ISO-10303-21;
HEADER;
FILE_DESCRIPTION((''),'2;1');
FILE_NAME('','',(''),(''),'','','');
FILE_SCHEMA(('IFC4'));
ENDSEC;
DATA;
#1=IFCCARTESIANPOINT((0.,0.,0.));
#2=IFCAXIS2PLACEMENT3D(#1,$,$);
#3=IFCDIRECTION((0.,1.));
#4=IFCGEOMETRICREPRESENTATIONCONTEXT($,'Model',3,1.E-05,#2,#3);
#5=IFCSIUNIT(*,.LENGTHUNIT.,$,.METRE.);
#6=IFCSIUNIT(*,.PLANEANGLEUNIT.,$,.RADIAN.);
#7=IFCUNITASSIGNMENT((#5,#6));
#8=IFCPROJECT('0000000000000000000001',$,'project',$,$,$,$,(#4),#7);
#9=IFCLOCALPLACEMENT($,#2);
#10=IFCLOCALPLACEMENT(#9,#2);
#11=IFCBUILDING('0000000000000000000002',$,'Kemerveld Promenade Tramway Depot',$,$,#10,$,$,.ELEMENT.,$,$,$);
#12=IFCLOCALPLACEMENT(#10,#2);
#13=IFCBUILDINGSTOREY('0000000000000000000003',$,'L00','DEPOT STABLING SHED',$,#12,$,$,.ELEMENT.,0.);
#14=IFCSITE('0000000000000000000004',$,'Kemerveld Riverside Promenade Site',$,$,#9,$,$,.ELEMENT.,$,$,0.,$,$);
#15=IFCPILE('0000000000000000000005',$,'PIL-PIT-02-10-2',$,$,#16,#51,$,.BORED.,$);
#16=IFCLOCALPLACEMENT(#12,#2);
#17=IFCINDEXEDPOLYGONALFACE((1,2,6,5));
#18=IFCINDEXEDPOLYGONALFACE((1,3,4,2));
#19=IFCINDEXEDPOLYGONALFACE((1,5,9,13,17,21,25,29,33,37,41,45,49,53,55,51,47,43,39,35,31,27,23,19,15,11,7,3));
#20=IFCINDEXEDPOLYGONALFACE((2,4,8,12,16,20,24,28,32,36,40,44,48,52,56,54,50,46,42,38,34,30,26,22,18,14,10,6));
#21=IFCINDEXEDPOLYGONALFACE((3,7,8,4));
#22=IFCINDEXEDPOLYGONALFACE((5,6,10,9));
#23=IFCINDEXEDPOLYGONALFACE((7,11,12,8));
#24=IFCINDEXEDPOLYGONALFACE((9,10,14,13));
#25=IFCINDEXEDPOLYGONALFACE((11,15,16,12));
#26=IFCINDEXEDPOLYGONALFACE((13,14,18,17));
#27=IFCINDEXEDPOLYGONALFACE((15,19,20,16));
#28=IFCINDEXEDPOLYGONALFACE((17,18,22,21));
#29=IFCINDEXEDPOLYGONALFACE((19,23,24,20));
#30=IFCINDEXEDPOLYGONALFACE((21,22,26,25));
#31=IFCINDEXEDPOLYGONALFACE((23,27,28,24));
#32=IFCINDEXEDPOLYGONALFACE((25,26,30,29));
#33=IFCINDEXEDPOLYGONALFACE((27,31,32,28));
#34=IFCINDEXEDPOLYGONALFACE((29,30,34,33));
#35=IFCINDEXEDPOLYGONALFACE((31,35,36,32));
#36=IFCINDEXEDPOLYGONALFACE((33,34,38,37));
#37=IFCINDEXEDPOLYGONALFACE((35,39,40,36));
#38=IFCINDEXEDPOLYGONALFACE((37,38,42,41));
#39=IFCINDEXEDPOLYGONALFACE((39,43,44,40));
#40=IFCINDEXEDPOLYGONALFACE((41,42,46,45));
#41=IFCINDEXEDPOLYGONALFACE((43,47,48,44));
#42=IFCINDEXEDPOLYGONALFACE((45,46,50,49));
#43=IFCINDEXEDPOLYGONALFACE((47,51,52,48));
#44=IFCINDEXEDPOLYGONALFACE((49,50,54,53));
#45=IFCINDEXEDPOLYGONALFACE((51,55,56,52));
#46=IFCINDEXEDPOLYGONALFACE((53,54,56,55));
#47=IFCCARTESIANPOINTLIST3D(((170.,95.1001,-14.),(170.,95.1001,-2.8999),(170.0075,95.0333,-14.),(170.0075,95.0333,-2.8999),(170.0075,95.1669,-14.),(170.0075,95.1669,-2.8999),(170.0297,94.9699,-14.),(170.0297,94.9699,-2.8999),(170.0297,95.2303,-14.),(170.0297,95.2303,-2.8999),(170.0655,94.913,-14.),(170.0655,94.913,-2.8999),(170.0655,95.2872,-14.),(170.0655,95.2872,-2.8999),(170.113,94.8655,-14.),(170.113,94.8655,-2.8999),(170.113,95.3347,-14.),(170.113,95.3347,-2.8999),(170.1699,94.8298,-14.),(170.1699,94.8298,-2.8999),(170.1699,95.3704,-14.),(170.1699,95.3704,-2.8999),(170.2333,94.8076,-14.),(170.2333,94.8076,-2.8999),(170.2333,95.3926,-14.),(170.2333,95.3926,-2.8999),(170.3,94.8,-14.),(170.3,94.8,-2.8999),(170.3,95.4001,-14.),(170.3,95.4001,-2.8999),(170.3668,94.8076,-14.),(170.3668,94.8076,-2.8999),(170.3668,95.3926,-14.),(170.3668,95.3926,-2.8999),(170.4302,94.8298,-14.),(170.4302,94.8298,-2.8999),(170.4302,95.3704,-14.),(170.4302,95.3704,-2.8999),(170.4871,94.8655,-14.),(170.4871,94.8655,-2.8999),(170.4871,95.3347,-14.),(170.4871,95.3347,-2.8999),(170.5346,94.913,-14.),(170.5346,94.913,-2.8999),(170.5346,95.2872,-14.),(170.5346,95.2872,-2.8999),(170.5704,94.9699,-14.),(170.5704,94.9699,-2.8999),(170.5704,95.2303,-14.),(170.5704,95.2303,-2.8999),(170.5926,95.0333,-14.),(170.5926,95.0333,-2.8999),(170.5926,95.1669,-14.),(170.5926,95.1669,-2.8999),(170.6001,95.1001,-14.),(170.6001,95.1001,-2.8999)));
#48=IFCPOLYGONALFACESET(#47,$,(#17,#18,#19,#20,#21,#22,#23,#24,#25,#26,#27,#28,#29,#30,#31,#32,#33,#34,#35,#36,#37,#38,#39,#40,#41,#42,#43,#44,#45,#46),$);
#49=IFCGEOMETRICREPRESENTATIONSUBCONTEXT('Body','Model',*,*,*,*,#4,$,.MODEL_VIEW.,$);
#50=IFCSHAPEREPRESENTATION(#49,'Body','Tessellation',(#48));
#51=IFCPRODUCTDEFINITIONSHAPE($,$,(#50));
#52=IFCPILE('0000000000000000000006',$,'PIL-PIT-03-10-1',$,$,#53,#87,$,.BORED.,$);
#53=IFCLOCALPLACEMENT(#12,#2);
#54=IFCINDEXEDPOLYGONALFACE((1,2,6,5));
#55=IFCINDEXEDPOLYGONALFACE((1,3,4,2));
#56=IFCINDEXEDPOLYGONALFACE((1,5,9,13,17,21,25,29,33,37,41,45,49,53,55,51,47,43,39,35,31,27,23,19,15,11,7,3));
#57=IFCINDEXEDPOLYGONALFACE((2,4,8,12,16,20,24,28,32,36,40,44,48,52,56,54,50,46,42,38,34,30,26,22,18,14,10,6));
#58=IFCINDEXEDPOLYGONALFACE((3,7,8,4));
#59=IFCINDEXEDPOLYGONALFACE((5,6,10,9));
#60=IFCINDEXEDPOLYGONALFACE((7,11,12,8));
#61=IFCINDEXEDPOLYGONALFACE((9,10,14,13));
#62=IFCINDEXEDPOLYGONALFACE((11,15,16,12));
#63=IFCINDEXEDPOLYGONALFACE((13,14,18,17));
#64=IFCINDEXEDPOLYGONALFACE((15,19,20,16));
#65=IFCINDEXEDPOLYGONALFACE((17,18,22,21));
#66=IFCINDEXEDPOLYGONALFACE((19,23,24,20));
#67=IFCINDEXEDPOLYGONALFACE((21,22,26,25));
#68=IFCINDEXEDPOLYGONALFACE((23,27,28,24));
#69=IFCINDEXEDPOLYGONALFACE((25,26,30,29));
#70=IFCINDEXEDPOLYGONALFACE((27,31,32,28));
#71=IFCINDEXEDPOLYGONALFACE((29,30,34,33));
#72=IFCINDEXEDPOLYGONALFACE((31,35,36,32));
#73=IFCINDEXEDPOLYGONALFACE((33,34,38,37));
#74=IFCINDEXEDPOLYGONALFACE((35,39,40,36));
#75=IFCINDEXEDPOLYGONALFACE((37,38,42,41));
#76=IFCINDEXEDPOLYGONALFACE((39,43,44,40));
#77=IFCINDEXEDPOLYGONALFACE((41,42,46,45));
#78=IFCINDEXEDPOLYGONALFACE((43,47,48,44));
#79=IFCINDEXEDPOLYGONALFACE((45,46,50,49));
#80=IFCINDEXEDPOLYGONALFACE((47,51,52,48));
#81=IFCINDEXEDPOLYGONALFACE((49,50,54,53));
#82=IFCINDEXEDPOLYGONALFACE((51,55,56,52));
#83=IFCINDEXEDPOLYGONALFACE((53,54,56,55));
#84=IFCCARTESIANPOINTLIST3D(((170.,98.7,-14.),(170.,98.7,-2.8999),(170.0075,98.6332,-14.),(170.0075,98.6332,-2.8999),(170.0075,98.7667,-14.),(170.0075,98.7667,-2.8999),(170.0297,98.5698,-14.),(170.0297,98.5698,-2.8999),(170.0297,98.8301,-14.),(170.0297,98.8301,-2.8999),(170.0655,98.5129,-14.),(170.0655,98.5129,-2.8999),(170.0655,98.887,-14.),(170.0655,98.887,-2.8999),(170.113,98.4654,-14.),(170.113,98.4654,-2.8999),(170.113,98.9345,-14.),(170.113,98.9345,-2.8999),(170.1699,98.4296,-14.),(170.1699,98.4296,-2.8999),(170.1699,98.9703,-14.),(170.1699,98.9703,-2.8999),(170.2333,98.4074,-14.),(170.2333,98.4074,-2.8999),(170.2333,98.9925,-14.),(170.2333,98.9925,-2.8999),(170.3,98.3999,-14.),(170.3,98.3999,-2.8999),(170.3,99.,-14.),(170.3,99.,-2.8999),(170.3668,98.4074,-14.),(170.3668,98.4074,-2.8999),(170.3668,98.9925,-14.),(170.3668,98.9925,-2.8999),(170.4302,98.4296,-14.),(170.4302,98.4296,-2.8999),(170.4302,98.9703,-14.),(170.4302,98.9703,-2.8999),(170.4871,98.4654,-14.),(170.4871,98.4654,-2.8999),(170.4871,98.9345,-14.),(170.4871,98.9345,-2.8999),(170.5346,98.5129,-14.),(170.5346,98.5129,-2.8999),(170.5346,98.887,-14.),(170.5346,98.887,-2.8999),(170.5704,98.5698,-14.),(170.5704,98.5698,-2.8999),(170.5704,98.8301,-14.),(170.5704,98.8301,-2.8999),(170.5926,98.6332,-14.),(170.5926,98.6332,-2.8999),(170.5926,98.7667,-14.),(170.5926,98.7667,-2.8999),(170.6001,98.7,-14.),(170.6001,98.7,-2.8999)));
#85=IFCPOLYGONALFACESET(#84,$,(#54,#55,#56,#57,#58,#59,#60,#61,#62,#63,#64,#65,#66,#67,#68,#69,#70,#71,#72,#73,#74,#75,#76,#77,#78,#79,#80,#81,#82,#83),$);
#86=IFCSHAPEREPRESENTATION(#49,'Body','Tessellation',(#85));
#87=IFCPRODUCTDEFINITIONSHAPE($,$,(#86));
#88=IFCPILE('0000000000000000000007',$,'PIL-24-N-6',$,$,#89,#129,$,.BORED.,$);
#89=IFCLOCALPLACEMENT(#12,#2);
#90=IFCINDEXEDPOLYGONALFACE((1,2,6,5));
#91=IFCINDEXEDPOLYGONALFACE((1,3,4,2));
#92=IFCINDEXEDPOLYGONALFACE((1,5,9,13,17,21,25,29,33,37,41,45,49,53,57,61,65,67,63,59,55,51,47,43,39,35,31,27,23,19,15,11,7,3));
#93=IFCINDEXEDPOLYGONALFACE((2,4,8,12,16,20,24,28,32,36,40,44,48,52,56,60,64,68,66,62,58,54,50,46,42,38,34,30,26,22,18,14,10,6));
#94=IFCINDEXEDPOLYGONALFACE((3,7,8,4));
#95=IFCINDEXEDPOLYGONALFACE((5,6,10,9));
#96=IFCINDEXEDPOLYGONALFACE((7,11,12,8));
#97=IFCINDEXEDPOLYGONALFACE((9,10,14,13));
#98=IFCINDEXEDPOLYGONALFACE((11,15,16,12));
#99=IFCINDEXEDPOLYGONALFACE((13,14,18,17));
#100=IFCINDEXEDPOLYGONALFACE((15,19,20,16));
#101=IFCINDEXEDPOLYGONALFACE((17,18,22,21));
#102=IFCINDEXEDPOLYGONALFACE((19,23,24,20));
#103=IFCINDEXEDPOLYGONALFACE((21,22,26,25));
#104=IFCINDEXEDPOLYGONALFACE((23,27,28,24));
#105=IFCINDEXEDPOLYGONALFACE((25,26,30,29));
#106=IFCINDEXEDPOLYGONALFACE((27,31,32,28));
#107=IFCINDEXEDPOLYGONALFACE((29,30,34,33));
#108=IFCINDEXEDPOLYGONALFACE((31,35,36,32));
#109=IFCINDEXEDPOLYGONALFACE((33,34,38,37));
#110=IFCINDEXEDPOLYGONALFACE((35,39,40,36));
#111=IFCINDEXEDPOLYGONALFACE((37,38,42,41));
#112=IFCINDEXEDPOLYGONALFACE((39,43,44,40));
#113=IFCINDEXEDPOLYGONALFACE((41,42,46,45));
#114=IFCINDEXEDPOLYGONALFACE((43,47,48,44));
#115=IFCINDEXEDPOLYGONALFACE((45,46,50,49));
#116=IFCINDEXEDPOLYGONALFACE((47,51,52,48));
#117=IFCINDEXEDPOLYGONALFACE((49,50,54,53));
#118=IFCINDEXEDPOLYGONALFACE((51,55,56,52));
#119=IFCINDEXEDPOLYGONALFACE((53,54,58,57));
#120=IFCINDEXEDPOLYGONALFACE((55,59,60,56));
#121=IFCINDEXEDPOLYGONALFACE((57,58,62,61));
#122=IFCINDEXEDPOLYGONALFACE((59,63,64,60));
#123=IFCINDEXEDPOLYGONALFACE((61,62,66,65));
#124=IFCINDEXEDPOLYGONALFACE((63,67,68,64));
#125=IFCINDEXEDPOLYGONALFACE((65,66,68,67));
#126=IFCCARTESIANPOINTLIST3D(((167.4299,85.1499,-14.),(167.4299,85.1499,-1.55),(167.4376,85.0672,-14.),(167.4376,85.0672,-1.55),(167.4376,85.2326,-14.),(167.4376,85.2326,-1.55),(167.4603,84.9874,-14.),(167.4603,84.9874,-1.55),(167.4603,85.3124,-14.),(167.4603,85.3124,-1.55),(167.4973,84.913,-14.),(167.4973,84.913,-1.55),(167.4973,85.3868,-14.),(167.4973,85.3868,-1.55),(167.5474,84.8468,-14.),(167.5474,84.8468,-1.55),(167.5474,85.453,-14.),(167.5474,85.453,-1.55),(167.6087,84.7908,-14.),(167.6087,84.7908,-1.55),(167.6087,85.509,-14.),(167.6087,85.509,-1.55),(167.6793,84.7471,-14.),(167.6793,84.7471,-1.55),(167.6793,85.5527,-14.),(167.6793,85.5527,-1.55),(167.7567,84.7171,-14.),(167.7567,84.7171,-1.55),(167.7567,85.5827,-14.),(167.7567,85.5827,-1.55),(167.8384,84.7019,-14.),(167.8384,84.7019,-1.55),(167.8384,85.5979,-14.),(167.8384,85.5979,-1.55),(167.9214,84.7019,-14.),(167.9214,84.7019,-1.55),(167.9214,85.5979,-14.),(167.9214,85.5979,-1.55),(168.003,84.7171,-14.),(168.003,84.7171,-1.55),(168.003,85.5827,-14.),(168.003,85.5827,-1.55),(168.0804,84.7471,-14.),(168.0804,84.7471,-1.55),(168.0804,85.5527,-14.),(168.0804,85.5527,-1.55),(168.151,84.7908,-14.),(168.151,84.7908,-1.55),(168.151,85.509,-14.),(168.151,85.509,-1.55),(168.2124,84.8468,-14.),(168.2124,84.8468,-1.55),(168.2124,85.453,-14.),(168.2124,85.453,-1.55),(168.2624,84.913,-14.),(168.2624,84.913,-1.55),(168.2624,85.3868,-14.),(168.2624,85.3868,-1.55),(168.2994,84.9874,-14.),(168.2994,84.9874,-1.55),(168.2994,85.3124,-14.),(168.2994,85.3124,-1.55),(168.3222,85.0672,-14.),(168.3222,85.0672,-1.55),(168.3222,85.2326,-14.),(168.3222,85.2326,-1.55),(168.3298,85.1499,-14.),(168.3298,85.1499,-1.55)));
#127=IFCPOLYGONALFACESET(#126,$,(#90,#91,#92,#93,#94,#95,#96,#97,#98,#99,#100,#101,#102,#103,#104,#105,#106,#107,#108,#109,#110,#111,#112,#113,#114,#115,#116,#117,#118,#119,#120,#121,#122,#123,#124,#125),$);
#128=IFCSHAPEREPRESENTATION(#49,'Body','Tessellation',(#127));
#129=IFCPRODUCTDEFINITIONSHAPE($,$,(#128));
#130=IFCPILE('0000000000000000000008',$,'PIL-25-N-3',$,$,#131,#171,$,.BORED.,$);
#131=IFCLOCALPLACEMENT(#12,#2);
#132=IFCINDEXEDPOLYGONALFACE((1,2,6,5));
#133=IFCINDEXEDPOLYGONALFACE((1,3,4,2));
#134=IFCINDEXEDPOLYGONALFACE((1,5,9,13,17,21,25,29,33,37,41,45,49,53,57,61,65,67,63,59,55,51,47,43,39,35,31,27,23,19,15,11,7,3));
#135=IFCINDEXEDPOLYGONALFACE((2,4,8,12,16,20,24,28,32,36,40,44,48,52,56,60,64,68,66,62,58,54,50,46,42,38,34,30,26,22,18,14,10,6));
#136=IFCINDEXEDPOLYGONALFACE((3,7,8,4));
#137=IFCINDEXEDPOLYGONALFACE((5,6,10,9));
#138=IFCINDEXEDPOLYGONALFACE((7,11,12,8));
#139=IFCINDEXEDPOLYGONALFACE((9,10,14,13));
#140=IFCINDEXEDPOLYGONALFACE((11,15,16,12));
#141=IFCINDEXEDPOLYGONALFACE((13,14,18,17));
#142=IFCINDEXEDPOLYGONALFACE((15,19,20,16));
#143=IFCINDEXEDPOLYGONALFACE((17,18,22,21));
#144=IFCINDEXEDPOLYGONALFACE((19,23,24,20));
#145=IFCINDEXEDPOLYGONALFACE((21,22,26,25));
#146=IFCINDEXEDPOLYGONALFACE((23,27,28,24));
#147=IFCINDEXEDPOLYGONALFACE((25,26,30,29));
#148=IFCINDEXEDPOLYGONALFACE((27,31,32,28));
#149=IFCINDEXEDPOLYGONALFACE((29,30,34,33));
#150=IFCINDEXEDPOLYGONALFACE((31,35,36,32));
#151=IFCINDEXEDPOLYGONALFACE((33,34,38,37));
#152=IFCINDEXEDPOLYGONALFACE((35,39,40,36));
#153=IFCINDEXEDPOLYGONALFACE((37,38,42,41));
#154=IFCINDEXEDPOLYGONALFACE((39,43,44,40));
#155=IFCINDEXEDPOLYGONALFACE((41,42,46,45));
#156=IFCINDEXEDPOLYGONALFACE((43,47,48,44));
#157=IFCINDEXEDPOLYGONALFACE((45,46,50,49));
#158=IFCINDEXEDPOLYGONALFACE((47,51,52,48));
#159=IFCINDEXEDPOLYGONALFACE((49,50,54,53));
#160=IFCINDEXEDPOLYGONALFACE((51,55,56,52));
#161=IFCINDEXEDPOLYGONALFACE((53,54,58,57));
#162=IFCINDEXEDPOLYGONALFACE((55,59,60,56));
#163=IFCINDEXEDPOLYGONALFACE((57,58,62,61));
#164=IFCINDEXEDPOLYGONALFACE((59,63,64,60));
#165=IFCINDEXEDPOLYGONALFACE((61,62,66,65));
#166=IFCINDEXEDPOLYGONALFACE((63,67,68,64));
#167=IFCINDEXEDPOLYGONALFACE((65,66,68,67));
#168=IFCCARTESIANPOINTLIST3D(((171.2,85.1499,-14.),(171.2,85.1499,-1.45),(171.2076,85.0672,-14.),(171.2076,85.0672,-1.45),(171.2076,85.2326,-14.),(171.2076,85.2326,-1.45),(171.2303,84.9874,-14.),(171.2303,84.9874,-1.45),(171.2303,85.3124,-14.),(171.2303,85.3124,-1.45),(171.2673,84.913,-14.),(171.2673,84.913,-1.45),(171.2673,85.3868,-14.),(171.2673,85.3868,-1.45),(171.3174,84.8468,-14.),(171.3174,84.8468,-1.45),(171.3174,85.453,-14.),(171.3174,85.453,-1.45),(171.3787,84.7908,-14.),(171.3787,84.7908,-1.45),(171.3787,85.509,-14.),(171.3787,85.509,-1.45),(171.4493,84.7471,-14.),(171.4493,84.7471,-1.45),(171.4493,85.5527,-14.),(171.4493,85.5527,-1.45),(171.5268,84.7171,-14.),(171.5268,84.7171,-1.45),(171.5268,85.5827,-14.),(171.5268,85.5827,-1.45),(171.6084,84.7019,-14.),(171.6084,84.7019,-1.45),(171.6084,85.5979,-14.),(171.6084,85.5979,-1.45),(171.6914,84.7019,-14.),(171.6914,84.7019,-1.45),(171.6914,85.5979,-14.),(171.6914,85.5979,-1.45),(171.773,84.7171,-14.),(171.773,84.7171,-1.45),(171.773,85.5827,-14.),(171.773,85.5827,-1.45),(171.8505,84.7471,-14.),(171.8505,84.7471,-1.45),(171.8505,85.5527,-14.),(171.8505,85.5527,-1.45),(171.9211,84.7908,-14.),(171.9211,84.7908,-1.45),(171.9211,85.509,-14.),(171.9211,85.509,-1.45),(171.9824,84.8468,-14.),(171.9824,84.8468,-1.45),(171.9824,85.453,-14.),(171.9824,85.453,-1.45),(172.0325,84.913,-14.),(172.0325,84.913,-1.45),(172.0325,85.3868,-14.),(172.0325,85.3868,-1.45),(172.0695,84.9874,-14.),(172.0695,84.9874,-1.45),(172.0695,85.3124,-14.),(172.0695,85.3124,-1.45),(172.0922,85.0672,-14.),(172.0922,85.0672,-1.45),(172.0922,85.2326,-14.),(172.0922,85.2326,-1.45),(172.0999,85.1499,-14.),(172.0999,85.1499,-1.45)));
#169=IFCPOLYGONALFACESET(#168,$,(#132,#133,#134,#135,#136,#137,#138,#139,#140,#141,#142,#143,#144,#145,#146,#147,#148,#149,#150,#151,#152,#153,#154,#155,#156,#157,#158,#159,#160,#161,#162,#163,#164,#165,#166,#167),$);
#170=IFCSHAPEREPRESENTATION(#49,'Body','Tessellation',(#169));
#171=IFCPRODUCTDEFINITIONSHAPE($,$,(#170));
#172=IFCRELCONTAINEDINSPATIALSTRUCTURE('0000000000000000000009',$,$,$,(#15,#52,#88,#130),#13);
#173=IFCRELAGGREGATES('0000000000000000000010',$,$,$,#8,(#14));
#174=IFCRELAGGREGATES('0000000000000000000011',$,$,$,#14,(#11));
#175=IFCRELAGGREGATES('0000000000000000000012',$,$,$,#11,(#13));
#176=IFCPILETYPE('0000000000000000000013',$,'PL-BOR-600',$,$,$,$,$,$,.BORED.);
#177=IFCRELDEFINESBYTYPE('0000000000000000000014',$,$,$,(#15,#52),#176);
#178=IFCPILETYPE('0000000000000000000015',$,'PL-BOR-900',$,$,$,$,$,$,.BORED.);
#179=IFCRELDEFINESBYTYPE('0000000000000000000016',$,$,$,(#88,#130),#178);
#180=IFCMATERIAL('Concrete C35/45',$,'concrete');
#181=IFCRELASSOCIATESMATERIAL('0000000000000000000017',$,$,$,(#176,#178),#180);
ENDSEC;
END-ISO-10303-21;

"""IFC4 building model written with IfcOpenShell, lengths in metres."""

from ifc_helpers import new_model, si_unit, direction, frame, origin, origin_2d, place, context, subcontext, project, spatial, circle, extrude, material, material_profile, profile_set, type_object, element, save


model = new_model("IFC4")

# Units and contexts
model_context = context("Model", 3, precision=1e-05, world=origin(), true_north=direction((0.0, 1.0)))
body_context = subcontext(model_context, "Body", "Model", "MODEL_VIEW")
ifc_project = project(units=[si_unit("LENGTHUNIT", "METRE"), si_unit("PLANEANGLEUNIT", "RADIAN")], contexts=[model_context])

# Site, building, storey
site_placement = place(None, origin())
site = spatial("IfcSite", under=ifc_project, at=site_placement, Name="Kemerveld Riverside Promenade Site", CompositionType="ELEMENT", RefElevation=0.0)
building_placement = place(site_placement, origin())
building = spatial("IfcBuilding", under=site, at=building_placement, Name="Kemerveld Promenade Tramway Depot", CompositionType="ELEMENT")
storey_placement = place(building_placement, origin())
storey = spatial("IfcBuildingStorey", under=building, at=storey_placement, Name="L00", Description="DEPOT STABLING SHED", CompositionType="ELEMENT", Elevation=0.0)

# Shared definitions
ifc_material_1 = material(Name="Concrete C35/45", Category="concrete")

# Piles
ifc_material_profile_1 = material_profile(ifc_material_1, circle(Radius=0.3, at=origin_2d()), Name="PILE-D600")
ifc_profile_set_1 = profile_set([ifc_material_profile_1], Name="Concrete C35/45")
pile_type_1 = type_object("IfcPileType", Name="PL-BOR-600", PredefinedType="BORED", material=ifc_profile_set_1)
for number, where, z_axis, x_axis, name in (
    (1, (170.3, 95.1001, -2.8999), (0.0, 0.0, -1.0), (1.0, 0.0, 0.0), "PIL-PIT-02-10-2"),
    (2, (170.3, 98.7, -2.8999), (0.0, 0.0, -1.0), (1.0, 0.0, 0.0), "PIL-PIT-03-10-1"),
):
    element("IfcPile", number, at=place(storey_placement, frame(where, z_axis=z_axis, x_axis=x_axis)), inside=storey, type_object=pile_type_1, Name=name, PredefinedType="BORED", context=body_context, shape_type="SweptSolid", body=[
        extrude(circle(Radius=0.3, at=origin_2d()), origin(), (0.0, 0.0, 1.0), 11.1001),
    ])
ifc_material_profile_2 = material_profile(ifc_material_1, circle(Radius=0.45, at=origin_2d()), Name="PILE-D900")
ifc_profile_set_2 = profile_set([ifc_material_profile_2], Name="Concrete C35/45")
pile_type_2 = type_object("IfcPileType", Name="PL-BOR-900", PredefinedType="BORED", material=ifc_profile_set_2)
pile_1_placement = place(storey_placement, frame((167.8799, 85.1499, -1.55), z_axis=(0.0, 0.0, -1.0), x_axis=(1.0, 0.0, 0.0)))
element("IfcPile", 3, at=pile_1_placement, inside=storey, type_object=pile_type_2, Name="PIL-24-N-6", PredefinedType="BORED", context=body_context, shape_type="SweptSolid", body=[
    extrude(circle(Radius=0.45, at=origin_2d()), origin(), (0.0, 0.0, 1.0), 12.45),
])
for number, where, z_axis, x_axis, name in (
    (4, (171.6499, 85.1499, -1.45), (0.0, 0.0, -1.0), (1.0, 0.0, 0.0), "PIL-25-N-3"),
):
    element("IfcPile", number, at=place(storey_placement, frame(where, z_axis=z_axis, x_axis=x_axis)), inside=storey, type_object=pile_type_2, Name=name, PredefinedType="BORED", context=body_context, shape_type="SweptSolid", body=[
        extrude(circle(Radius=0.45, at=origin_2d()), origin(), (0.0, 0.0, 1.0), 12.55),
    ])

save(model, "model.ifc")
